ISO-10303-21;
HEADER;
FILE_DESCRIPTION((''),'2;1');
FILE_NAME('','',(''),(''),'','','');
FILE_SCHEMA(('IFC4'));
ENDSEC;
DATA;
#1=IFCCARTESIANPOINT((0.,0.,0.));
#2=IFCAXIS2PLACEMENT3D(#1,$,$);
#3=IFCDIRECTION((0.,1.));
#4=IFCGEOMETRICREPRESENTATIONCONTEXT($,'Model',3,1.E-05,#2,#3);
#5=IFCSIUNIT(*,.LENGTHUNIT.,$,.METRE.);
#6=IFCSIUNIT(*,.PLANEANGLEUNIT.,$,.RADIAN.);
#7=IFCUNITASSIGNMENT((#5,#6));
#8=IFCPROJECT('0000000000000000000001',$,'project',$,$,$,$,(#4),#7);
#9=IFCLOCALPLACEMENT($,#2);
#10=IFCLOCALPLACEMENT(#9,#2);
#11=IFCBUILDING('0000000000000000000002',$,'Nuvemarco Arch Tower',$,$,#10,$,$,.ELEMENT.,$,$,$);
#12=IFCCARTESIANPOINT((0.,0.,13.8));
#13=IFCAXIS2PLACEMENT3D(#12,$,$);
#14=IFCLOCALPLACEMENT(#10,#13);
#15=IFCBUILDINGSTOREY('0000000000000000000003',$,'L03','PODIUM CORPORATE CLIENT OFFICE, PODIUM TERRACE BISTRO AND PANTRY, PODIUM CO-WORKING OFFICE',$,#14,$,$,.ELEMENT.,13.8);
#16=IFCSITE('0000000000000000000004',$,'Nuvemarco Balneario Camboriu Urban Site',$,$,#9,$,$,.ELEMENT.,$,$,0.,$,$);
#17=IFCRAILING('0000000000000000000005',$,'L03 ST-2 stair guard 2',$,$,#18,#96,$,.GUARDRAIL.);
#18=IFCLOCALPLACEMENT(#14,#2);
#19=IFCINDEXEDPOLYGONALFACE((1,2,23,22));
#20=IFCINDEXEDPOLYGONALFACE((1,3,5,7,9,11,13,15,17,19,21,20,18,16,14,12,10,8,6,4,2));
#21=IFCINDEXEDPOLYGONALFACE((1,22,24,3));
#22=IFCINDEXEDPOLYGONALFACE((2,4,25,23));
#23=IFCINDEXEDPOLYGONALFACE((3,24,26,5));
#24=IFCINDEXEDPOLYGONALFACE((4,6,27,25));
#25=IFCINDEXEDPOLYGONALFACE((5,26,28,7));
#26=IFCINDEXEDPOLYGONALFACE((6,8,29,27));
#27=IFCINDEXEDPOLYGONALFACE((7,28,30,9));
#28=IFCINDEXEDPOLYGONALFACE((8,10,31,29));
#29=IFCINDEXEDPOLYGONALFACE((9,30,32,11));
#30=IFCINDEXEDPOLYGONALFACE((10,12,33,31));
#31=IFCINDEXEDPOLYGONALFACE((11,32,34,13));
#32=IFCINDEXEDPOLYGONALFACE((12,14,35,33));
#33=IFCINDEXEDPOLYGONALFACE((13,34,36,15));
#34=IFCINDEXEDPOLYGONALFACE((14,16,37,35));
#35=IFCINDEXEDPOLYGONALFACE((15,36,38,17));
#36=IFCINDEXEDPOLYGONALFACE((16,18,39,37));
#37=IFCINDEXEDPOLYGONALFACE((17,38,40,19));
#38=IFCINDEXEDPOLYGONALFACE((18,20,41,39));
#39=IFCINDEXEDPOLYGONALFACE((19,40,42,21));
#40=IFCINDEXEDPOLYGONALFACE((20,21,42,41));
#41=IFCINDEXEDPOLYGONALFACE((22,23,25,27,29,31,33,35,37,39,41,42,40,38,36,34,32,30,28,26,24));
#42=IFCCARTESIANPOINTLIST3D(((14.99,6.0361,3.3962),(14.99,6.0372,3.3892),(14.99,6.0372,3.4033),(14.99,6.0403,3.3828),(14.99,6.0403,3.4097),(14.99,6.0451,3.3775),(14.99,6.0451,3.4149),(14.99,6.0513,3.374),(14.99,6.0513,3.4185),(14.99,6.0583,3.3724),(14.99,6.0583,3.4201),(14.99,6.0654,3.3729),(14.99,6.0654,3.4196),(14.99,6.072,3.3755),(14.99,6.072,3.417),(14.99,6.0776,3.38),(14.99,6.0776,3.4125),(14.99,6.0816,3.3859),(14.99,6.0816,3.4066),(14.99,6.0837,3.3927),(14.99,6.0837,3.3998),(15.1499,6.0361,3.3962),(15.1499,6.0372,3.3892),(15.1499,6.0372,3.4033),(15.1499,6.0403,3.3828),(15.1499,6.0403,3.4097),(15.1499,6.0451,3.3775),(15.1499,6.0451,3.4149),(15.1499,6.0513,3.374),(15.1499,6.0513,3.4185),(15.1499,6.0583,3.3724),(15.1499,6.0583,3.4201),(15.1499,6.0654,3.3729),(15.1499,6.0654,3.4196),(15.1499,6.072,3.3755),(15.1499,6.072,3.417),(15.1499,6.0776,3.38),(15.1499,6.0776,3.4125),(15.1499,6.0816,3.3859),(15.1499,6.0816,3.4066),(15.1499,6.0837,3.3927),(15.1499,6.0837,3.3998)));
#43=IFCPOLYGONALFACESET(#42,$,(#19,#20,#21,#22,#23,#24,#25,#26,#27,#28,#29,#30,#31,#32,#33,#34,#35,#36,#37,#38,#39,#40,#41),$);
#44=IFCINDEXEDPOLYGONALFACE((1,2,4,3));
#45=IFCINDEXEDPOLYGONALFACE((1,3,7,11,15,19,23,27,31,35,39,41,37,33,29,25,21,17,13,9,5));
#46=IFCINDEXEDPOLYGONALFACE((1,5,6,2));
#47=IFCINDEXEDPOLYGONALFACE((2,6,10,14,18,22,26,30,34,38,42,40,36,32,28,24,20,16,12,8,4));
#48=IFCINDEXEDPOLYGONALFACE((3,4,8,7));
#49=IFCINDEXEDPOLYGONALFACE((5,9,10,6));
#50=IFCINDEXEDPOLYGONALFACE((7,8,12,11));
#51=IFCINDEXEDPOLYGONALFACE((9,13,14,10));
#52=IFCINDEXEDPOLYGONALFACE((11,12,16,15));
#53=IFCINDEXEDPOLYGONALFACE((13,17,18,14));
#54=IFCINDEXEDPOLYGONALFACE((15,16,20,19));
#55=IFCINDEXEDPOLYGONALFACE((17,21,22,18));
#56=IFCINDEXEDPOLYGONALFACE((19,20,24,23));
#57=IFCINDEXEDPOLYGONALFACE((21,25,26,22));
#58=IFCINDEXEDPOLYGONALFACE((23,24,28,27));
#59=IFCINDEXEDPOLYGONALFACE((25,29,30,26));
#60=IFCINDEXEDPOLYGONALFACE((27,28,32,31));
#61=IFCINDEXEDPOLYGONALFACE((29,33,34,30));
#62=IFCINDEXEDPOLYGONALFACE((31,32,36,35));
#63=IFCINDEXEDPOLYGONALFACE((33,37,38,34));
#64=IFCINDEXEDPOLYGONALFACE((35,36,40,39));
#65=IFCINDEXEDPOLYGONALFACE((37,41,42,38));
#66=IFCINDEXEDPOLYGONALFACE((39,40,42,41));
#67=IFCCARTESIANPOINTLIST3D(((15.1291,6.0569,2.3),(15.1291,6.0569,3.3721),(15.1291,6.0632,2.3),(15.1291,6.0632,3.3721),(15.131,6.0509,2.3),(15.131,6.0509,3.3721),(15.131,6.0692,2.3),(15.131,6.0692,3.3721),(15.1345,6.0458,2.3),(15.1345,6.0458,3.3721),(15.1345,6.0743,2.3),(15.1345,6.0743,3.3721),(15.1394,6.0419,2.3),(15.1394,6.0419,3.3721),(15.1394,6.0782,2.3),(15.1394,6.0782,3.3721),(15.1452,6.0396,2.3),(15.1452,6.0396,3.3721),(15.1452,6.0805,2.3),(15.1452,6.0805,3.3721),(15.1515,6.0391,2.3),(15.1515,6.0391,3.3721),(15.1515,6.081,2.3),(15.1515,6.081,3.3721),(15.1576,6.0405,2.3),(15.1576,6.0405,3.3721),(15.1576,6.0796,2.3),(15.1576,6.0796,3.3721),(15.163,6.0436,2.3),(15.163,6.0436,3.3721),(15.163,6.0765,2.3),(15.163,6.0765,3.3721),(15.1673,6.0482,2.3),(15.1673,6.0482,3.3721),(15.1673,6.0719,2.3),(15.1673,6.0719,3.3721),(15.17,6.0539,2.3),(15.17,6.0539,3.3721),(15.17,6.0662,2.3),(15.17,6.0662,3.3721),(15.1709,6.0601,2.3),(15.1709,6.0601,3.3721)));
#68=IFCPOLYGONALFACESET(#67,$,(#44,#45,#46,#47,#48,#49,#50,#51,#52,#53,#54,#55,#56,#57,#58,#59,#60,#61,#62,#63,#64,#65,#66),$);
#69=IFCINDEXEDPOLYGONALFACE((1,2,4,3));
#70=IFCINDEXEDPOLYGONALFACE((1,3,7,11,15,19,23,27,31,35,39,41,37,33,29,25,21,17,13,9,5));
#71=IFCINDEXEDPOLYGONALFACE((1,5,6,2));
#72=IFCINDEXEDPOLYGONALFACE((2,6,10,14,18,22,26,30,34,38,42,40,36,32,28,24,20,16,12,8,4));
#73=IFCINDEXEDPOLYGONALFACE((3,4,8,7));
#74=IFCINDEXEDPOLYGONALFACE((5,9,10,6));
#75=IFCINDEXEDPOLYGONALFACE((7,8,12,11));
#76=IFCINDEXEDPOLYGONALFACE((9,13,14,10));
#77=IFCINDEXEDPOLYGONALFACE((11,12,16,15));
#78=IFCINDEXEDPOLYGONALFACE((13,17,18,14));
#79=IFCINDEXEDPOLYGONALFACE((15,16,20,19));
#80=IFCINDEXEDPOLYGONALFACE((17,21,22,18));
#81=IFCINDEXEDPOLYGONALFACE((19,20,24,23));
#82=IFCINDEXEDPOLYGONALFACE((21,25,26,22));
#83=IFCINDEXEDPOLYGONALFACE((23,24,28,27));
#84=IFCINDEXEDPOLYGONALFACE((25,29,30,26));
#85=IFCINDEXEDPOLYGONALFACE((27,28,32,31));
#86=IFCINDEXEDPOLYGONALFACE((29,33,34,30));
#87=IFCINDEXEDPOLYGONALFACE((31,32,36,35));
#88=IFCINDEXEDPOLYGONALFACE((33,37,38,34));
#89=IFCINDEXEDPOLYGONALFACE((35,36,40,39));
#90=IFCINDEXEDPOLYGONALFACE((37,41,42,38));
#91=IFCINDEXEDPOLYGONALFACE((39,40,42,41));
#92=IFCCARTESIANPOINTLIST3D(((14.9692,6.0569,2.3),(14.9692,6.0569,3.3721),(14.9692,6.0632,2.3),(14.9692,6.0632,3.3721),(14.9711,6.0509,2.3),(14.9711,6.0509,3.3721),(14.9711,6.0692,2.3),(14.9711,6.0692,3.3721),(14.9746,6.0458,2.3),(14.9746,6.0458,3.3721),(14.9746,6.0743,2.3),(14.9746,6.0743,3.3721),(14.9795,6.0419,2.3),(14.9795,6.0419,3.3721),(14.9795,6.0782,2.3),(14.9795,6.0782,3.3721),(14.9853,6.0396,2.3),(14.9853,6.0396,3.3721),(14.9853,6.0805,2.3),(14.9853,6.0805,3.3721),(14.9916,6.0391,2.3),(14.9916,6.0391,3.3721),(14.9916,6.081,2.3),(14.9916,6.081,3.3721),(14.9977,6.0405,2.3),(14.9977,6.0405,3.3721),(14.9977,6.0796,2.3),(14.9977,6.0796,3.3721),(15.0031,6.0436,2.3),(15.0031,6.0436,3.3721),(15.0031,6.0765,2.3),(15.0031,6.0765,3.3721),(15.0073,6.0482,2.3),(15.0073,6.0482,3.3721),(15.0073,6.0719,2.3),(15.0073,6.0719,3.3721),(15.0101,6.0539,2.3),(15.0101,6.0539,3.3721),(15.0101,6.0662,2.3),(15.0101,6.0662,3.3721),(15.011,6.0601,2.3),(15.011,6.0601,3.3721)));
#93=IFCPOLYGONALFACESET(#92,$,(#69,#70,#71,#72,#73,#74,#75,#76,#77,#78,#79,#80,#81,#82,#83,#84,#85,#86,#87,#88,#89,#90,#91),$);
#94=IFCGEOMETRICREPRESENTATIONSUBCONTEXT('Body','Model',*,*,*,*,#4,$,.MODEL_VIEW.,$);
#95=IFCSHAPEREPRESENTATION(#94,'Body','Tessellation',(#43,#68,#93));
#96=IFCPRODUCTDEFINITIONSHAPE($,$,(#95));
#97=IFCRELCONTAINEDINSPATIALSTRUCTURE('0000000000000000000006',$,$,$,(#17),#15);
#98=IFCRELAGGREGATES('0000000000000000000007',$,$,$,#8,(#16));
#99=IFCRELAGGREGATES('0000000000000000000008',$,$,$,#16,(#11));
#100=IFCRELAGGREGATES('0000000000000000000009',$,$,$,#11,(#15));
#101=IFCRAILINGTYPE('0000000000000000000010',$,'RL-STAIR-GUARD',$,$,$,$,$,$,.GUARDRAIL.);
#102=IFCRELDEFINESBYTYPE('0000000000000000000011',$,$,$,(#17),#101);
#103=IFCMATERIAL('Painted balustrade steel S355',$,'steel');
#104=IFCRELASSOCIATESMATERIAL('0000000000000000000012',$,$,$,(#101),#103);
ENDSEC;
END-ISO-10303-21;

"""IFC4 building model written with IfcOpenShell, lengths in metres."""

from ifc_helpers import new_model, si_unit, direction, frame, origin, origin_2d, place, context, subcontext, project, spatial, circle, extrude, material, type_object, element, save


model = new_model("IFC4")

# Units and contexts
model_context = context("Model", 3, precision=1e-05, world=origin(), true_north=direction((0.0, 1.0)))
body_context = subcontext(model_context, "Body", "Model", "MODEL_VIEW")
ifc_project = project(units=[si_unit("LENGTHUNIT", "METRE"), si_unit("PLANEANGLEUNIT", "RADIAN")], contexts=[model_context])

# Site, building, storey
site_placement = place(None, origin())
site = spatial("IfcSite", under=ifc_project, at=site_placement, Name="Nuvemarco Balneario Camboriu Urban Site", CompositionType="ELEMENT", RefElevation=0.0)
building_placement = place(site_placement, origin())
building = spatial("IfcBuilding", under=site, at=building_placement, Name="Nuvemarco Arch Tower", CompositionType="ELEMENT")
storey_placement = place(building_placement, frame((0.0, 0.0, 13.8)))
storey = spatial("IfcBuildingStorey", under=building, at=storey_placement, Name="L03", Description="PODIUM CORPORATE CLIENT OFFICE, PODIUM TERRACE BISTRO AND PANTRY, PODIUM CO-WORKING OFFICE", CompositionType="ELEMENT", Elevation=13.8)

# Railing
ifc_material_1 = material(Name="Painted balustrade steel S355", Category="steel")
railing_type_1 = type_object("IfcRailingType", Name="RL-STAIR-GUARD", PredefinedType="GUARDRAIL", material=ifc_material_1)
railing_1_placement = place(storey_placement, frame((15.1499, 6.0601, 2.3)))
element("IfcRailing", 1, at=railing_1_placement, inside=storey, type_object=railing_type_1, Name="L03 ST-2 stair guard 2", PredefinedType="GUARDRAIL", context=body_context, shape_type="SweptSolid", body=[
    extrude(circle(Radius=0.0239, at=origin_2d()), frame((0.0, 0.0, 1.0962), z_axis=(-1.0, 0.0, 0.0), x_axis=(0.0, -1.0, 0.0)), (0.0, 0.0, 1.0), 0.1599),
    extrude(circle(Radius=0.021, at=origin_2d()), origin(), (0.0, 0.0, 1.0), 1.072),
    extrude(circle(Radius=0.021, at=origin_2d()), frame((-0.1599, 0.0, 0.0)), (0.0, 0.0, 1.0), 1.072),
])

save(model, "model.ifc")
